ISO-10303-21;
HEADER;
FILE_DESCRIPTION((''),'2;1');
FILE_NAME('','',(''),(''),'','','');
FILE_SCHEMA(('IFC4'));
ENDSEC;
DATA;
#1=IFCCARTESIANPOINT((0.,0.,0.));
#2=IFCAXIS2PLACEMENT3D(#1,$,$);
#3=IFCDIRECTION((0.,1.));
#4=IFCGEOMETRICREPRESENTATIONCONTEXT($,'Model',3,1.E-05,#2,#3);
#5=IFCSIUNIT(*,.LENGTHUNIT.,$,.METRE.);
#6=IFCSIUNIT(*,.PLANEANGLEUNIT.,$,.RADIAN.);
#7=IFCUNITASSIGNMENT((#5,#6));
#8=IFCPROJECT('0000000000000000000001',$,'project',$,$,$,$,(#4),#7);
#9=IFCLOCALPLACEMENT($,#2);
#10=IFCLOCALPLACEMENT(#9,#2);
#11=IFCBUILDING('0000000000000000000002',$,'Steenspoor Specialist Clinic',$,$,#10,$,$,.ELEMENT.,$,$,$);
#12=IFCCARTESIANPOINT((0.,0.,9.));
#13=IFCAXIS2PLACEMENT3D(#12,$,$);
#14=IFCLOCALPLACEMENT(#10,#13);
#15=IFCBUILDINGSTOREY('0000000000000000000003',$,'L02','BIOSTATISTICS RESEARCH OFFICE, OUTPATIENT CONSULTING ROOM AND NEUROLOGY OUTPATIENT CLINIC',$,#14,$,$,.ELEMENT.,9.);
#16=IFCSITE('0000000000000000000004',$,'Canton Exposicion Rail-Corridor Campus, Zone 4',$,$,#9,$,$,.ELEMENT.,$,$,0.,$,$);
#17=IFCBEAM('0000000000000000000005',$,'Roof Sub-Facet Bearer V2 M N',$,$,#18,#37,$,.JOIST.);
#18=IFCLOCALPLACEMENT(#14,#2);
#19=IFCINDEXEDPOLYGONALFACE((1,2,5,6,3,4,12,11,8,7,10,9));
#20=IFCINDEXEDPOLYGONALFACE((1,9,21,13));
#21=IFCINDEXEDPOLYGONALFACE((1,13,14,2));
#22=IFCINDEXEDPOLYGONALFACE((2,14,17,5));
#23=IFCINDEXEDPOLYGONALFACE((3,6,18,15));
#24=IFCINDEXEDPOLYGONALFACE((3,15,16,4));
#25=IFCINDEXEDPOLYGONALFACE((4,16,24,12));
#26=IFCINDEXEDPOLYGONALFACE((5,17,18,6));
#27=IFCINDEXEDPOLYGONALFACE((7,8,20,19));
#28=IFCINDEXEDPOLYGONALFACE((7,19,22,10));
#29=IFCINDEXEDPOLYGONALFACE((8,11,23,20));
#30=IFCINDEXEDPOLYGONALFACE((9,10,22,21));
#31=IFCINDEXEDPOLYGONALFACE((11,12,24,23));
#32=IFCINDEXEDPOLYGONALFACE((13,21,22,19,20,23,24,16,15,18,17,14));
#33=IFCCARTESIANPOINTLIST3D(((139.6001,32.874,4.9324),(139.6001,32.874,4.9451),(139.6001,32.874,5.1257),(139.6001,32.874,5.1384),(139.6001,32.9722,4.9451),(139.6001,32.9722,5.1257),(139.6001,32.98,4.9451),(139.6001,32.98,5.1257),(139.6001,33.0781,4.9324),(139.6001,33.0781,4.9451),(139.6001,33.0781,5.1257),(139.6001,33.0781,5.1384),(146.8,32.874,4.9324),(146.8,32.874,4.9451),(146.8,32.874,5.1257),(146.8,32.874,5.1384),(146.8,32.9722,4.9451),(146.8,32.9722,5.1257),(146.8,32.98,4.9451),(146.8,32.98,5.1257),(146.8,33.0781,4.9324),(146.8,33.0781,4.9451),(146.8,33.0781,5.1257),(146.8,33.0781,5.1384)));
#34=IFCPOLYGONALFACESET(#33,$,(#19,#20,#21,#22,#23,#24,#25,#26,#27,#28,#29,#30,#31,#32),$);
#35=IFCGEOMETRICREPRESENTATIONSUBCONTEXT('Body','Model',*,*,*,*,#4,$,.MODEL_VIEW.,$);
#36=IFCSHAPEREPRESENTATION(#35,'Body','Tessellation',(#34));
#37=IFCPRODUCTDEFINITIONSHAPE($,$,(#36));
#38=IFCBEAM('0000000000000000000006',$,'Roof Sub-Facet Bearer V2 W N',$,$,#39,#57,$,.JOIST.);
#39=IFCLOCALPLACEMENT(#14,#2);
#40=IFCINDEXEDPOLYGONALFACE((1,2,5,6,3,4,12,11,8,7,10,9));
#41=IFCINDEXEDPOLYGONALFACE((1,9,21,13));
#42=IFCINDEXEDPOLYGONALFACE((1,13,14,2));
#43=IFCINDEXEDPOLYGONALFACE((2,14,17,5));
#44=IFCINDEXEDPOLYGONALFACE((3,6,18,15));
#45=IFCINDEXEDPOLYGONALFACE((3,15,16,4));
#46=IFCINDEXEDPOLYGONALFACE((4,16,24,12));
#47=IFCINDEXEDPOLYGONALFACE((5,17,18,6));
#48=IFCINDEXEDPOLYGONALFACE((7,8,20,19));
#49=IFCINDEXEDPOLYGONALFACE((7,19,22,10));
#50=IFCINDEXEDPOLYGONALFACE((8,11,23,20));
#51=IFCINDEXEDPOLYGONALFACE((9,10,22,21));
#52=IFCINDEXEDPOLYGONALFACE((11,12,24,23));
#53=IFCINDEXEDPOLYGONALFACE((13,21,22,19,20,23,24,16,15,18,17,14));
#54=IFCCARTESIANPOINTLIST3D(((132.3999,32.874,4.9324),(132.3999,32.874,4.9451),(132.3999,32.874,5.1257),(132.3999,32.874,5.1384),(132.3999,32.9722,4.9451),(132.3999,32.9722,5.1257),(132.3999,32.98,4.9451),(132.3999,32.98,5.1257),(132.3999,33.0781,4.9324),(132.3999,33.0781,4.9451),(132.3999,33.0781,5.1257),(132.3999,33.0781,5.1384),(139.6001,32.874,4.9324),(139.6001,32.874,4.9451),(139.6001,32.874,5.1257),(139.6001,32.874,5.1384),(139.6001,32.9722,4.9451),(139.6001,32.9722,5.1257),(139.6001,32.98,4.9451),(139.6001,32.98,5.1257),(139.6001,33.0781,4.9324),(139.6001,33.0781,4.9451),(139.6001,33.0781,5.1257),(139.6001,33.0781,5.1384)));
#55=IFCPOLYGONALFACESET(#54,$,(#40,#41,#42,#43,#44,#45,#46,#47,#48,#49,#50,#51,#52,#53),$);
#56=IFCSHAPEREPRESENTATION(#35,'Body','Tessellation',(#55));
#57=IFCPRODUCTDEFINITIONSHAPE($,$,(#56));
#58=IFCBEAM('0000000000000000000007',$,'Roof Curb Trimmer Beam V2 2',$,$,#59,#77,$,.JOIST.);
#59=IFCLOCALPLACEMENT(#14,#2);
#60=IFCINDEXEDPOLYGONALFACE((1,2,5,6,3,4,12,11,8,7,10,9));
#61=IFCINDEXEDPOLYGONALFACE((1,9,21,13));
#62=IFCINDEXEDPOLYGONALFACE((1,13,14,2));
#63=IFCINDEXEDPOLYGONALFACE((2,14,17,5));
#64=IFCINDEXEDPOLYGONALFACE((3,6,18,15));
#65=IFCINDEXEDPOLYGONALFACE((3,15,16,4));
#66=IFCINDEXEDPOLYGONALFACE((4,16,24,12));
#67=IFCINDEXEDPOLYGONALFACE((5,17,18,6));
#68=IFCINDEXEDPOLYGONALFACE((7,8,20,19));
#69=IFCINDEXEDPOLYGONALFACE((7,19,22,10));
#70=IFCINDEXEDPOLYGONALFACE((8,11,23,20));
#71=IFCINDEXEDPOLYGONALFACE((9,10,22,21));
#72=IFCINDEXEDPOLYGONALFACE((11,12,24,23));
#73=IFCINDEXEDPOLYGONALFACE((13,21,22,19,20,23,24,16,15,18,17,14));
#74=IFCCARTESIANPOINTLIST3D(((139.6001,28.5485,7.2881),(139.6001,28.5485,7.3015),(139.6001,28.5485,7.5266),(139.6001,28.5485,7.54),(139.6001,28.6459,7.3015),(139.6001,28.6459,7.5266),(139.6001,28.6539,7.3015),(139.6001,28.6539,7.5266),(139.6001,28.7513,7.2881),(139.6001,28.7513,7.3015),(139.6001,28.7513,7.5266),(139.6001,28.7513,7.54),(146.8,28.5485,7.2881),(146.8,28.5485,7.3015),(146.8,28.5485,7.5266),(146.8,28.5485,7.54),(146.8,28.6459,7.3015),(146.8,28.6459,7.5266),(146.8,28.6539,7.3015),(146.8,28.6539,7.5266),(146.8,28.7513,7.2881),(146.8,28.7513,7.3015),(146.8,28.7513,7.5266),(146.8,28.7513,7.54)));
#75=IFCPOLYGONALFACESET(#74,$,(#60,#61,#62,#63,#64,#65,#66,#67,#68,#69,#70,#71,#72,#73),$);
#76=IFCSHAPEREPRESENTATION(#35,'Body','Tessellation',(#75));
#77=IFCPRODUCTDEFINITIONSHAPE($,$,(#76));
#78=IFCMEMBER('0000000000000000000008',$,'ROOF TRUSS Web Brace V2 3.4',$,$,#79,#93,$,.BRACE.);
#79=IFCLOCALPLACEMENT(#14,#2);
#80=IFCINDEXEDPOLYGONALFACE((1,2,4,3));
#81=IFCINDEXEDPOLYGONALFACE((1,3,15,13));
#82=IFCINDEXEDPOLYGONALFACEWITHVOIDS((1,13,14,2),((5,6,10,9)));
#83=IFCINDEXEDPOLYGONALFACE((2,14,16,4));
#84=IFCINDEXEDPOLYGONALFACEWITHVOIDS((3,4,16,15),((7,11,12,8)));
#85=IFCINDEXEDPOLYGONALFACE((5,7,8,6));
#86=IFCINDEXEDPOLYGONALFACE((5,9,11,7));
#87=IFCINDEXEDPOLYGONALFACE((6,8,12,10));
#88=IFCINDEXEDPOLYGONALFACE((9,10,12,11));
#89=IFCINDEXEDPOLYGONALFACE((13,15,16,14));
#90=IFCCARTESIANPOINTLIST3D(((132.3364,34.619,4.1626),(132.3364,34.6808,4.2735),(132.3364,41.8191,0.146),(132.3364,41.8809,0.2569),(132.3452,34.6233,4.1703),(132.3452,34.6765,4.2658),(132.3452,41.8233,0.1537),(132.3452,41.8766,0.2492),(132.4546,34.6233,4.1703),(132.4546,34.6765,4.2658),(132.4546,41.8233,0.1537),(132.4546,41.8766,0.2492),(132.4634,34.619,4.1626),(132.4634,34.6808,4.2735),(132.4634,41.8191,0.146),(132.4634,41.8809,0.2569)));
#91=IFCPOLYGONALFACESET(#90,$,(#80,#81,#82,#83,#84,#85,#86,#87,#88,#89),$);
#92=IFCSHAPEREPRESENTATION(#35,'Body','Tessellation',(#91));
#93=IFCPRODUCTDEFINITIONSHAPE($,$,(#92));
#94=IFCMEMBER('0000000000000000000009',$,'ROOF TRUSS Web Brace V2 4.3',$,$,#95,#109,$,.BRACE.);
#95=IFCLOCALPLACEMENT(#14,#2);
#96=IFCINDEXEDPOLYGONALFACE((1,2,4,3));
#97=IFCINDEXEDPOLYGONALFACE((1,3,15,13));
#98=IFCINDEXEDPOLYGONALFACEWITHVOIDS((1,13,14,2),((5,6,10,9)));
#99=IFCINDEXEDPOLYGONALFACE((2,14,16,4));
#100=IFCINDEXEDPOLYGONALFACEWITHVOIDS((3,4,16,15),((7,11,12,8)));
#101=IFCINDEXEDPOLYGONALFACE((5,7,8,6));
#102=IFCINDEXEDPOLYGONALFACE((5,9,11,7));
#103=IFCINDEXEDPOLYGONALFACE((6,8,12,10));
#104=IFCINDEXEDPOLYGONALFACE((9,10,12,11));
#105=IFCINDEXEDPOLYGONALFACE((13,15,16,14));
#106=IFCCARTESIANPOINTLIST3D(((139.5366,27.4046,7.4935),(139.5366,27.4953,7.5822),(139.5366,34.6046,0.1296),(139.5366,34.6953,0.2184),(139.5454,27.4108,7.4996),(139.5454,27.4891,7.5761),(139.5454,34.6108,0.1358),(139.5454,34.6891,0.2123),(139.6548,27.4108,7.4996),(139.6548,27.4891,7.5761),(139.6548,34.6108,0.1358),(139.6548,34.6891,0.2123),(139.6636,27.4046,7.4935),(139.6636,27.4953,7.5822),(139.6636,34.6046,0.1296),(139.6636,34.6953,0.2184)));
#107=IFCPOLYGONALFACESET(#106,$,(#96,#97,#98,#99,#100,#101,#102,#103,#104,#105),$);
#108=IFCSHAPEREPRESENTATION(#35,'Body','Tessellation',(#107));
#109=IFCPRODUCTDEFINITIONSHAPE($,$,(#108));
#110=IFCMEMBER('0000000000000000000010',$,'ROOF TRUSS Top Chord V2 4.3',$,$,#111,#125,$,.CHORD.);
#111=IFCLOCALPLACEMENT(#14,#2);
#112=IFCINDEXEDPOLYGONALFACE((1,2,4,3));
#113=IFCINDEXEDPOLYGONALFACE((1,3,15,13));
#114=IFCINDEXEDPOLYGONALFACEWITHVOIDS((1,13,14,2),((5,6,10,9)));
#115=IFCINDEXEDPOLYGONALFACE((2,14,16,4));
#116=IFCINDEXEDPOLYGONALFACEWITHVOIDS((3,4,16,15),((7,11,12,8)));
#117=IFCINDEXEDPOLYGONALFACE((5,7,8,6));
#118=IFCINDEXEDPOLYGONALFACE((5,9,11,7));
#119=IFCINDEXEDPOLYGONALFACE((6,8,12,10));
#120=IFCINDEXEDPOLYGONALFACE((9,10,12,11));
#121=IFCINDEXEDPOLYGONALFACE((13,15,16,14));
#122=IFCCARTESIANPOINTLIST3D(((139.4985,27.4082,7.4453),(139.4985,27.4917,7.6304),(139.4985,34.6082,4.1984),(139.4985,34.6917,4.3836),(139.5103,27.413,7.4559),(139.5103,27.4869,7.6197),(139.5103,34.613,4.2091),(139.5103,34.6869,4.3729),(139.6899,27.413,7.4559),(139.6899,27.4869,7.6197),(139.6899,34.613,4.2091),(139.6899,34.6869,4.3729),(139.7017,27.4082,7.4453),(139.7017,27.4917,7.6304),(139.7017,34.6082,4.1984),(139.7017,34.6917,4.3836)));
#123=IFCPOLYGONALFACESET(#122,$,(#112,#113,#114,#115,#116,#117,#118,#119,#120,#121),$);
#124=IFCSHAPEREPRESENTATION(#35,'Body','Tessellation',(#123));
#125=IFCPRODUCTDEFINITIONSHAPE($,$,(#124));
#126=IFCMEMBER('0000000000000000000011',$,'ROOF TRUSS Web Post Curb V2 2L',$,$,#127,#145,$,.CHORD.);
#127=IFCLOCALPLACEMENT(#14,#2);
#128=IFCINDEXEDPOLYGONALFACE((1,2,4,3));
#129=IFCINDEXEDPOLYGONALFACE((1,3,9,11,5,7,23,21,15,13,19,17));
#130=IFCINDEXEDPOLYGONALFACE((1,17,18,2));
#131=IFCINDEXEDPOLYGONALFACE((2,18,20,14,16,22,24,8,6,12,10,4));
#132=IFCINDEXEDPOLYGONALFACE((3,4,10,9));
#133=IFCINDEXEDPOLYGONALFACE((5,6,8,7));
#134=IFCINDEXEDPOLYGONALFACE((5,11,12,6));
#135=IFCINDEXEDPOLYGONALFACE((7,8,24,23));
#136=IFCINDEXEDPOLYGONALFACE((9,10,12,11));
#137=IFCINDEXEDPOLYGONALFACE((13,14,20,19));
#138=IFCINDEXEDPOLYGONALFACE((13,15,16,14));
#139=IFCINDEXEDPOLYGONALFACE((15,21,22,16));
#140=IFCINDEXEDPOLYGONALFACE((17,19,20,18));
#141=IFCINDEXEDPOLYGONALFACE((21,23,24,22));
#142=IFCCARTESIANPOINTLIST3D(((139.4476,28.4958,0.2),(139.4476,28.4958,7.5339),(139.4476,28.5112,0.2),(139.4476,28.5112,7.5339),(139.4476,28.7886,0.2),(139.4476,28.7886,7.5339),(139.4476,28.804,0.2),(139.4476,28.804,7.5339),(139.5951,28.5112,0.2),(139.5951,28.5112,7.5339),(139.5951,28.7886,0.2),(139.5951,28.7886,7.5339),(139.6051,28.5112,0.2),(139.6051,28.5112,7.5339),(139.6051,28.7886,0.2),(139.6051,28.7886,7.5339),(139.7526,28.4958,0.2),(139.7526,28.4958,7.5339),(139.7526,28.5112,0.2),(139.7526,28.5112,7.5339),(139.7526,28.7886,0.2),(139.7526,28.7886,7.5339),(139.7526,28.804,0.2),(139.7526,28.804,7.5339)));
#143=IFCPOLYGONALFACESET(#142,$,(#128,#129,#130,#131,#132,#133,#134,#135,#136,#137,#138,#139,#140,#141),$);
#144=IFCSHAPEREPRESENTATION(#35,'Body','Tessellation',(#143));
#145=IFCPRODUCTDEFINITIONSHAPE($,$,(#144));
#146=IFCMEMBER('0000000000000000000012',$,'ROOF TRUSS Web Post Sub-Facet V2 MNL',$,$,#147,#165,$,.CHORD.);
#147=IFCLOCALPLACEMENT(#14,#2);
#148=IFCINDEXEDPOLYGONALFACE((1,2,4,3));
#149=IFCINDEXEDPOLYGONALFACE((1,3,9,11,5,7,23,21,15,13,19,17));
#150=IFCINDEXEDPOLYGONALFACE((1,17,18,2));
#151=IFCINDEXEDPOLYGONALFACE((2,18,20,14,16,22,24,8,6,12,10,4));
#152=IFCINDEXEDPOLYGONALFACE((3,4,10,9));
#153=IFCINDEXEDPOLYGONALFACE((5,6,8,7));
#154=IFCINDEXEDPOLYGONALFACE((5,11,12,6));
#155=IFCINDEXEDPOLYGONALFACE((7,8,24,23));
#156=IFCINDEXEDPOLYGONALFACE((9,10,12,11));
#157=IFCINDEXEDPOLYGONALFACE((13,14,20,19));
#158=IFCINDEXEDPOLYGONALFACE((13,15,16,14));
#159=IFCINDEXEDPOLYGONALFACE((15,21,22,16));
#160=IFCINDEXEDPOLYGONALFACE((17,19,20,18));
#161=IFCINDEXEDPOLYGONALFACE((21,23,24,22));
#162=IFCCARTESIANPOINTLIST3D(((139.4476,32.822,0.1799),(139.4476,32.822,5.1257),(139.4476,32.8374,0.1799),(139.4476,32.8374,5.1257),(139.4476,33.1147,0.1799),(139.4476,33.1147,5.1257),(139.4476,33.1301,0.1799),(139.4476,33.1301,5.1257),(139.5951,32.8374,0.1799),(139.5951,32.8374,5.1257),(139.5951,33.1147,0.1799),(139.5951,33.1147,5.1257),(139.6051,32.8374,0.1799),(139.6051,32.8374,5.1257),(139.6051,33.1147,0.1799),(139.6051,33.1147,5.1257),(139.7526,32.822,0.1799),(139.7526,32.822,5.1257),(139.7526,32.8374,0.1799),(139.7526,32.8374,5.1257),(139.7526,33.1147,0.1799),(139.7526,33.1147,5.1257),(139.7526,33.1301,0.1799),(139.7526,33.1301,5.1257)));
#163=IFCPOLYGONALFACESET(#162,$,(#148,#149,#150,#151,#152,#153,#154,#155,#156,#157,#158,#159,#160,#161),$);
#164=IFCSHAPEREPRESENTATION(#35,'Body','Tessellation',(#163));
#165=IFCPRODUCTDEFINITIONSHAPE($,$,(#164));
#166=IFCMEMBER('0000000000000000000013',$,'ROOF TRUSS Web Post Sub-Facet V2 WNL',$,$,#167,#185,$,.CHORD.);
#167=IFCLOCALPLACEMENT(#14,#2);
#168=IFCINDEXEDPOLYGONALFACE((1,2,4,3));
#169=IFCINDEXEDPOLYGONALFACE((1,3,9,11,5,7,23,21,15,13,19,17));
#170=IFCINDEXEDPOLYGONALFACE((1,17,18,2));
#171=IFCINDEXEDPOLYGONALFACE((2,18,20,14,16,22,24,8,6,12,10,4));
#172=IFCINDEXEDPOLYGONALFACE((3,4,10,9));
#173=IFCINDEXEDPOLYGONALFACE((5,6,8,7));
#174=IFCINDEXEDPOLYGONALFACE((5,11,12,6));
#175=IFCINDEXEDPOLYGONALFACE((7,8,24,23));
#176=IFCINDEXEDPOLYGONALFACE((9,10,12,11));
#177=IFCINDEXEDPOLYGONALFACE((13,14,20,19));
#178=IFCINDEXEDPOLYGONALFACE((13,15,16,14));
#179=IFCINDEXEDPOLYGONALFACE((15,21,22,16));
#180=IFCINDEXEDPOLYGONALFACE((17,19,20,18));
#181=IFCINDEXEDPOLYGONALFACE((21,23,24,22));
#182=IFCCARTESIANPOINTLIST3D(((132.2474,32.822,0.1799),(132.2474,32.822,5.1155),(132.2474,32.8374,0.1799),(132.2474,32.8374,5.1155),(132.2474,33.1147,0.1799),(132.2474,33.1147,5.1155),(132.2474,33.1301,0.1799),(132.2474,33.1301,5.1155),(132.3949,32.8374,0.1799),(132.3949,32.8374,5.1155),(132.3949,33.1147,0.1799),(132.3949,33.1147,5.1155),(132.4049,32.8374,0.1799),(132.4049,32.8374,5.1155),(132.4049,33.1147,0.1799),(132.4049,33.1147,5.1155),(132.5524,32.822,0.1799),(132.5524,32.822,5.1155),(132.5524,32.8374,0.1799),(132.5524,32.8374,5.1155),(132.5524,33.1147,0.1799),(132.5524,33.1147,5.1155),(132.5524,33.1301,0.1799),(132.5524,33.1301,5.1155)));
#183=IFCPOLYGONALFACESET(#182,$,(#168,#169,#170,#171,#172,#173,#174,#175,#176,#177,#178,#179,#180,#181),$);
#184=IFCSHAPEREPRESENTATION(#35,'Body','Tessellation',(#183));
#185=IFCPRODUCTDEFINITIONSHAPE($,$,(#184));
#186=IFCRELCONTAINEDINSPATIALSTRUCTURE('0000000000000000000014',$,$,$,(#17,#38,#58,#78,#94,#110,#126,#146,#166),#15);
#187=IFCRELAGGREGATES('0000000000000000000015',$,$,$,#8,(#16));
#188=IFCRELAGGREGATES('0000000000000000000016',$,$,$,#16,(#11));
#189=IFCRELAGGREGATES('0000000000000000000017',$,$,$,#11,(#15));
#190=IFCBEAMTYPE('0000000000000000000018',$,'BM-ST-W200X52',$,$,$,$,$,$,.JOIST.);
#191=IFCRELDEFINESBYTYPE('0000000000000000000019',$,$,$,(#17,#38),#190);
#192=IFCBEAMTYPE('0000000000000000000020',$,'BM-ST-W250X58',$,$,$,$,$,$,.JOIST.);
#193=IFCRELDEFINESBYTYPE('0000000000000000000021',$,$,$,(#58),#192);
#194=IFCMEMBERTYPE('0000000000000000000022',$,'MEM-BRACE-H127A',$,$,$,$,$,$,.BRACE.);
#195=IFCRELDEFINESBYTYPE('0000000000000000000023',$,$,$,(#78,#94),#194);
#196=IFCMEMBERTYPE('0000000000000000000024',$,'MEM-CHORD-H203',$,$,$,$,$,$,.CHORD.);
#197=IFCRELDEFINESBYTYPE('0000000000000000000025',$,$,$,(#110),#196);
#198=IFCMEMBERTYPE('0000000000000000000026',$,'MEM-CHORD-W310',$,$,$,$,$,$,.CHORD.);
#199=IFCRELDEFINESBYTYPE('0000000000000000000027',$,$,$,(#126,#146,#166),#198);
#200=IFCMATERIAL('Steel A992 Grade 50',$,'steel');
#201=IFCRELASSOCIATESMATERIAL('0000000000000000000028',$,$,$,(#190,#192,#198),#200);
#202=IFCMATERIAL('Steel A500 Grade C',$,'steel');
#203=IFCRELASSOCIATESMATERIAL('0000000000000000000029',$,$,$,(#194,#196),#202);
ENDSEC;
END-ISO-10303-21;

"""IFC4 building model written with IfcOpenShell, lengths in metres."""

from ifc_helpers import new_model, si_unit, direction, frame, origin, origin_2d, place, context, subcontext, project, spatial, hollow_rectangle, i_section, extrude, material, material_profile, profile_set, type_object, element, save


model = new_model("IFC4")

# Units and contexts
model_context = context("Model", 3, precision=1e-05, world=origin(), true_north=direction((0.0, 1.0)))
body_context = subcontext(model_context, "Body", "Model", "MODEL_VIEW")
ifc_project = project(units=[si_unit("LENGTHUNIT", "METRE"), si_unit("PLANEANGLEUNIT", "RADIAN")], contexts=[model_context])

# Site, building, storey
site_placement = place(None, origin())
site = spatial("IfcSite", under=ifc_project, at=site_placement, Name="Canton Exposicion Rail-Corridor Campus, Zone 4", CompositionType="ELEMENT", RefElevation=0.0)
building_placement = place(site_placement, origin())
building = spatial("IfcBuilding", under=site, at=building_placement, Name="Steenspoor Specialist Clinic", CompositionType="ELEMENT")
storey_placement = place(building_placement, frame((0.0, 0.0, 9.0)))
storey = spatial("IfcBuildingStorey", under=building, at=storey_placement, Name="L02", Description="BIOSTATISTICS RESEARCH OFFICE, OUTPATIENT CONSULTING ROOM AND NEUROLOGY OUTPATIENT CLINIC", CompositionType="ELEMENT", Elevation=9.0)

# Beams
ifc_material_1 = material(Name="Steel A992 Grade 50", Category="steel")
ifc_material_profile_1 = material_profile(ifc_material_1, i_section(OverallWidth=0.2041, OverallDepth=0.2061, WebThickness=0.0078, FlangeThickness=0.0127, at=origin_2d()), Name="W200X52")
ifc_profile_set_1 = profile_set([ifc_material_profile_1], Name="Steel A992 Grade 50")
beam_type_1 = type_object("IfcBeamType", Name="BM-ST-W200X52", PredefinedType="JOIST", material=ifc_profile_set_1)
beam_1_placement = place(storey_placement, frame((139.6001, 32.9761, 5.0354), z_axis=(1.0, 0.0, 0.0), x_axis=(0.0, 1.0, 0.0)))
element("IfcBeam", 1, at=beam_1_placement, inside=storey, type_object=beam_type_1, Name="Roof Sub-Facet Bearer V2 M N", PredefinedType="JOIST", context=body_context, shape_type="SweptSolid", body=[
    extrude(i_section(OverallWidth=0.2041, OverallDepth=0.2061, WebThickness=0.0078, FlangeThickness=0.0127, at=origin_2d()), origin(), (0.0, 0.0, 1.0), 7.2),
])
beam_2_placement = place(storey_placement, frame((132.3999, 32.9761, 5.0354), z_axis=(1.0, 0.0, 0.0), x_axis=(0.0, 1.0, 0.0)))
element("IfcBeam", 2, at=beam_2_placement, inside=storey, type_object=beam_type_1, Name="Roof Sub-Facet Bearer V2 W N", PredefinedType="JOIST", context=body_context, shape_type="SweptSolid", body=[
    extrude(i_section(OverallWidth=0.2041, OverallDepth=0.2061, WebThickness=0.0078, FlangeThickness=0.0127, at=origin_2d()), origin(), (0.0, 0.0, 1.0), 7.2002),
])
ifc_material_profile_2 = material_profile(ifc_material_1, i_section(OverallWidth=0.2029, OverallDepth=0.252, WebThickness=0.0081, FlangeThickness=0.0134, at=origin_2d()), Name="W250X58")
ifc_profile_set_2 = profile_set([ifc_material_profile_2], Name="Steel A992 Grade 50")
beam_type_2 = type_object("IfcBeamType", Name="BM-ST-W250X58", PredefinedType="JOIST", material=ifc_profile_set_2)
beam_3_placement = place(storey_placement, frame((139.6001, 28.6499, 7.4141), z_axis=(1.0, 0.0, 0.0), x_axis=(0.0, 1.0, 0.0)))
element("IfcBeam", 3, at=beam_3_placement, inside=storey, type_object=beam_type_2, Name="Roof Curb Trimmer Beam V2 2", PredefinedType="JOIST", context=body_context, shape_type="SweptSolid", body=[
    extrude(i_section(OverallWidth=0.2029, OverallDepth=0.252, WebThickness=0.0081, FlangeThickness=0.0134, at=origin_2d()), origin(), (0.0, 0.0, 1.0), 7.2),
])

# Members
ifc_material_2 = material(Name="Steel A500 Grade C", Category="steel")
ifc_material_profile_3 = material_profile(ifc_material_2, hollow_rectangle(XDim=0.127, YDim=0.127, WallThickness=0.0088, at=origin_2d()), Name="HSS127X127X9.5")
ifc_profile_set_3 = profile_set([ifc_material_profile_3], Name="Steel A500 Grade C")
member_type_1 = type_object("IfcMemberType", Name="MEM-BRACE-H127A", PredefinedType="BRACE", material=ifc_profile_set_3)
member_1_placement = place(storey_placement, frame((132.3999, 34.6499, 4.218), z_axis=(0.0, 0.873307, -0.487171), x_axis=(-1.0, 0.0, 0.0)))
element("IfcMember", 4, at=member_1_placement, inside=storey, type_object=member_type_1, Name="ROOF TRUSS Web Brace V2 3.4", PredefinedType="BRACE", context=body_context, shape_type="SweptSolid", body=[
    extrude(hollow_rectangle(XDim=0.127, YDim=0.127, WallThickness=0.0088, at=origin_2d()), origin(), (0.0, 0.0, 1.0), 8.2446),
])
member_2_placement = place(storey_placement, frame((139.6001, 27.45, 7.5378), z_axis=(0.0, 0.699109, -0.715015), x_axis=(-1.0, 0.0, 0.0)))
element("IfcMember", 5, at=member_2_placement, inside=storey, type_object=member_type_1, Name="ROOF TRUSS Web Brace V2 4.3", PredefinedType="BRACE", context=body_context, shape_type="SweptSolid", body=[
    extrude(hollow_rectangle(XDim=0.127, YDim=0.127, WallThickness=0.0088, at=origin_2d()), origin(), (0.0, 0.0, 1.0), 10.2988),
])
ifc_material_profile_4 = material_profile(ifc_material_2, hollow_rectangle(XDim=0.2031, YDim=0.2031, WallThickness=0.0117, at=origin_2d()), Name="HSS203X203X12.7")
ifc_profile_set_4 = profile_set([ifc_material_profile_4], Name="Steel A500 Grade C")
member_type_2 = type_object("IfcMemberType", Name="MEM-CHORD-H203", PredefinedType="CHORD", material=ifc_profile_set_4)
member_3_placement = place(storey_placement, frame((139.6001, 27.45, 7.5378), z_axis=(0.0, 0.911597, -0.411086), x_axis=(-1.0, 0.0, 0.0)))
element("IfcMember", 6, at=member_3_placement, inside=storey, type_object=member_type_2, Name="ROOF TRUSS Top Chord V2 4.3", PredefinedType="CHORD", context=body_context, shape_type="SweptSolid", body=[
    extrude(hollow_rectangle(XDim=0.2031, YDim=0.2031, WallThickness=0.0117, at=origin_2d()), origin(), (0.0, 0.0, 1.0), 7.8982),
])
ifc_material_profile_5 = material_profile(ifc_material_1, i_section(OverallWidth=0.3049, OverallDepth=0.3081, WebThickness=0.01, FlangeThickness=0.0154, at=origin_2d()), Name="W310X97")
ifc_profile_set_5 = profile_set([ifc_material_profile_5], Name="Steel A992 Grade 50")
member_type_3 = type_object("IfcMemberType", Name="MEM-CHORD-W310", PredefinedType="CHORD", material=ifc_profile_set_5)
member_4_placement = place(storey_placement, frame((139.6001, 28.6499, 0.2), z_axis=(0.0, 0.0, 1.0), x_axis=(1.0, 0.0, 0.0)))
element("IfcMember", 7, at=member_4_placement, inside=storey, type_object=member_type_3, Name="ROOF TRUSS Web Post Curb V2 2L", PredefinedType="CHORD", context=body_context, shape_type="SweptSolid", body=[
    extrude(i_section(OverallWidth=0.3049, OverallDepth=0.3081, WebThickness=0.01, FlangeThickness=0.0154, at=origin_2d()), origin(), (0.0, 0.0, 1.0), 7.334),
])
member_5_placement = place(storey_placement, frame((139.6001, 32.9761, 0.1799), z_axis=(0.0, 0.0, 1.0), x_axis=(1.0, 0.0, 0.0)))
element("IfcMember", 8, at=member_5_placement, inside=storey, type_object=member_type_3, Name="ROOF TRUSS Web Post Sub-Facet V2 MNL", PredefinedType="CHORD", context=body_context, shape_type="SweptSolid", body=[
    extrude(i_section(OverallWidth=0.3049, OverallDepth=0.3081, WebThickness=0.01, FlangeThickness=0.0154, at=origin_2d()), origin(), (0.0, 0.0, 1.0), 4.9458),
])
member_6_placement = place(storey_placement, frame((132.3999, 32.9761, 0.1799), z_axis=(0.0, 0.0, 1.0), x_axis=(1.0, 0.0, 0.0)))
element("IfcMember", 9, at=member_6_placement, inside=storey, type_object=member_type_3, Name="ROOF TRUSS Web Post Sub-Facet V2 WNL", PredefinedType="CHORD", context=body_context, shape_type="SweptSolid", body=[
    extrude(i_section(OverallWidth=0.3049, OverallDepth=0.3081, WebThickness=0.01, FlangeThickness=0.0154, at=origin_2d()), origin(), (0.0, 0.0, 1.0), 4.9355),
])

save(model, "model.ifc")
